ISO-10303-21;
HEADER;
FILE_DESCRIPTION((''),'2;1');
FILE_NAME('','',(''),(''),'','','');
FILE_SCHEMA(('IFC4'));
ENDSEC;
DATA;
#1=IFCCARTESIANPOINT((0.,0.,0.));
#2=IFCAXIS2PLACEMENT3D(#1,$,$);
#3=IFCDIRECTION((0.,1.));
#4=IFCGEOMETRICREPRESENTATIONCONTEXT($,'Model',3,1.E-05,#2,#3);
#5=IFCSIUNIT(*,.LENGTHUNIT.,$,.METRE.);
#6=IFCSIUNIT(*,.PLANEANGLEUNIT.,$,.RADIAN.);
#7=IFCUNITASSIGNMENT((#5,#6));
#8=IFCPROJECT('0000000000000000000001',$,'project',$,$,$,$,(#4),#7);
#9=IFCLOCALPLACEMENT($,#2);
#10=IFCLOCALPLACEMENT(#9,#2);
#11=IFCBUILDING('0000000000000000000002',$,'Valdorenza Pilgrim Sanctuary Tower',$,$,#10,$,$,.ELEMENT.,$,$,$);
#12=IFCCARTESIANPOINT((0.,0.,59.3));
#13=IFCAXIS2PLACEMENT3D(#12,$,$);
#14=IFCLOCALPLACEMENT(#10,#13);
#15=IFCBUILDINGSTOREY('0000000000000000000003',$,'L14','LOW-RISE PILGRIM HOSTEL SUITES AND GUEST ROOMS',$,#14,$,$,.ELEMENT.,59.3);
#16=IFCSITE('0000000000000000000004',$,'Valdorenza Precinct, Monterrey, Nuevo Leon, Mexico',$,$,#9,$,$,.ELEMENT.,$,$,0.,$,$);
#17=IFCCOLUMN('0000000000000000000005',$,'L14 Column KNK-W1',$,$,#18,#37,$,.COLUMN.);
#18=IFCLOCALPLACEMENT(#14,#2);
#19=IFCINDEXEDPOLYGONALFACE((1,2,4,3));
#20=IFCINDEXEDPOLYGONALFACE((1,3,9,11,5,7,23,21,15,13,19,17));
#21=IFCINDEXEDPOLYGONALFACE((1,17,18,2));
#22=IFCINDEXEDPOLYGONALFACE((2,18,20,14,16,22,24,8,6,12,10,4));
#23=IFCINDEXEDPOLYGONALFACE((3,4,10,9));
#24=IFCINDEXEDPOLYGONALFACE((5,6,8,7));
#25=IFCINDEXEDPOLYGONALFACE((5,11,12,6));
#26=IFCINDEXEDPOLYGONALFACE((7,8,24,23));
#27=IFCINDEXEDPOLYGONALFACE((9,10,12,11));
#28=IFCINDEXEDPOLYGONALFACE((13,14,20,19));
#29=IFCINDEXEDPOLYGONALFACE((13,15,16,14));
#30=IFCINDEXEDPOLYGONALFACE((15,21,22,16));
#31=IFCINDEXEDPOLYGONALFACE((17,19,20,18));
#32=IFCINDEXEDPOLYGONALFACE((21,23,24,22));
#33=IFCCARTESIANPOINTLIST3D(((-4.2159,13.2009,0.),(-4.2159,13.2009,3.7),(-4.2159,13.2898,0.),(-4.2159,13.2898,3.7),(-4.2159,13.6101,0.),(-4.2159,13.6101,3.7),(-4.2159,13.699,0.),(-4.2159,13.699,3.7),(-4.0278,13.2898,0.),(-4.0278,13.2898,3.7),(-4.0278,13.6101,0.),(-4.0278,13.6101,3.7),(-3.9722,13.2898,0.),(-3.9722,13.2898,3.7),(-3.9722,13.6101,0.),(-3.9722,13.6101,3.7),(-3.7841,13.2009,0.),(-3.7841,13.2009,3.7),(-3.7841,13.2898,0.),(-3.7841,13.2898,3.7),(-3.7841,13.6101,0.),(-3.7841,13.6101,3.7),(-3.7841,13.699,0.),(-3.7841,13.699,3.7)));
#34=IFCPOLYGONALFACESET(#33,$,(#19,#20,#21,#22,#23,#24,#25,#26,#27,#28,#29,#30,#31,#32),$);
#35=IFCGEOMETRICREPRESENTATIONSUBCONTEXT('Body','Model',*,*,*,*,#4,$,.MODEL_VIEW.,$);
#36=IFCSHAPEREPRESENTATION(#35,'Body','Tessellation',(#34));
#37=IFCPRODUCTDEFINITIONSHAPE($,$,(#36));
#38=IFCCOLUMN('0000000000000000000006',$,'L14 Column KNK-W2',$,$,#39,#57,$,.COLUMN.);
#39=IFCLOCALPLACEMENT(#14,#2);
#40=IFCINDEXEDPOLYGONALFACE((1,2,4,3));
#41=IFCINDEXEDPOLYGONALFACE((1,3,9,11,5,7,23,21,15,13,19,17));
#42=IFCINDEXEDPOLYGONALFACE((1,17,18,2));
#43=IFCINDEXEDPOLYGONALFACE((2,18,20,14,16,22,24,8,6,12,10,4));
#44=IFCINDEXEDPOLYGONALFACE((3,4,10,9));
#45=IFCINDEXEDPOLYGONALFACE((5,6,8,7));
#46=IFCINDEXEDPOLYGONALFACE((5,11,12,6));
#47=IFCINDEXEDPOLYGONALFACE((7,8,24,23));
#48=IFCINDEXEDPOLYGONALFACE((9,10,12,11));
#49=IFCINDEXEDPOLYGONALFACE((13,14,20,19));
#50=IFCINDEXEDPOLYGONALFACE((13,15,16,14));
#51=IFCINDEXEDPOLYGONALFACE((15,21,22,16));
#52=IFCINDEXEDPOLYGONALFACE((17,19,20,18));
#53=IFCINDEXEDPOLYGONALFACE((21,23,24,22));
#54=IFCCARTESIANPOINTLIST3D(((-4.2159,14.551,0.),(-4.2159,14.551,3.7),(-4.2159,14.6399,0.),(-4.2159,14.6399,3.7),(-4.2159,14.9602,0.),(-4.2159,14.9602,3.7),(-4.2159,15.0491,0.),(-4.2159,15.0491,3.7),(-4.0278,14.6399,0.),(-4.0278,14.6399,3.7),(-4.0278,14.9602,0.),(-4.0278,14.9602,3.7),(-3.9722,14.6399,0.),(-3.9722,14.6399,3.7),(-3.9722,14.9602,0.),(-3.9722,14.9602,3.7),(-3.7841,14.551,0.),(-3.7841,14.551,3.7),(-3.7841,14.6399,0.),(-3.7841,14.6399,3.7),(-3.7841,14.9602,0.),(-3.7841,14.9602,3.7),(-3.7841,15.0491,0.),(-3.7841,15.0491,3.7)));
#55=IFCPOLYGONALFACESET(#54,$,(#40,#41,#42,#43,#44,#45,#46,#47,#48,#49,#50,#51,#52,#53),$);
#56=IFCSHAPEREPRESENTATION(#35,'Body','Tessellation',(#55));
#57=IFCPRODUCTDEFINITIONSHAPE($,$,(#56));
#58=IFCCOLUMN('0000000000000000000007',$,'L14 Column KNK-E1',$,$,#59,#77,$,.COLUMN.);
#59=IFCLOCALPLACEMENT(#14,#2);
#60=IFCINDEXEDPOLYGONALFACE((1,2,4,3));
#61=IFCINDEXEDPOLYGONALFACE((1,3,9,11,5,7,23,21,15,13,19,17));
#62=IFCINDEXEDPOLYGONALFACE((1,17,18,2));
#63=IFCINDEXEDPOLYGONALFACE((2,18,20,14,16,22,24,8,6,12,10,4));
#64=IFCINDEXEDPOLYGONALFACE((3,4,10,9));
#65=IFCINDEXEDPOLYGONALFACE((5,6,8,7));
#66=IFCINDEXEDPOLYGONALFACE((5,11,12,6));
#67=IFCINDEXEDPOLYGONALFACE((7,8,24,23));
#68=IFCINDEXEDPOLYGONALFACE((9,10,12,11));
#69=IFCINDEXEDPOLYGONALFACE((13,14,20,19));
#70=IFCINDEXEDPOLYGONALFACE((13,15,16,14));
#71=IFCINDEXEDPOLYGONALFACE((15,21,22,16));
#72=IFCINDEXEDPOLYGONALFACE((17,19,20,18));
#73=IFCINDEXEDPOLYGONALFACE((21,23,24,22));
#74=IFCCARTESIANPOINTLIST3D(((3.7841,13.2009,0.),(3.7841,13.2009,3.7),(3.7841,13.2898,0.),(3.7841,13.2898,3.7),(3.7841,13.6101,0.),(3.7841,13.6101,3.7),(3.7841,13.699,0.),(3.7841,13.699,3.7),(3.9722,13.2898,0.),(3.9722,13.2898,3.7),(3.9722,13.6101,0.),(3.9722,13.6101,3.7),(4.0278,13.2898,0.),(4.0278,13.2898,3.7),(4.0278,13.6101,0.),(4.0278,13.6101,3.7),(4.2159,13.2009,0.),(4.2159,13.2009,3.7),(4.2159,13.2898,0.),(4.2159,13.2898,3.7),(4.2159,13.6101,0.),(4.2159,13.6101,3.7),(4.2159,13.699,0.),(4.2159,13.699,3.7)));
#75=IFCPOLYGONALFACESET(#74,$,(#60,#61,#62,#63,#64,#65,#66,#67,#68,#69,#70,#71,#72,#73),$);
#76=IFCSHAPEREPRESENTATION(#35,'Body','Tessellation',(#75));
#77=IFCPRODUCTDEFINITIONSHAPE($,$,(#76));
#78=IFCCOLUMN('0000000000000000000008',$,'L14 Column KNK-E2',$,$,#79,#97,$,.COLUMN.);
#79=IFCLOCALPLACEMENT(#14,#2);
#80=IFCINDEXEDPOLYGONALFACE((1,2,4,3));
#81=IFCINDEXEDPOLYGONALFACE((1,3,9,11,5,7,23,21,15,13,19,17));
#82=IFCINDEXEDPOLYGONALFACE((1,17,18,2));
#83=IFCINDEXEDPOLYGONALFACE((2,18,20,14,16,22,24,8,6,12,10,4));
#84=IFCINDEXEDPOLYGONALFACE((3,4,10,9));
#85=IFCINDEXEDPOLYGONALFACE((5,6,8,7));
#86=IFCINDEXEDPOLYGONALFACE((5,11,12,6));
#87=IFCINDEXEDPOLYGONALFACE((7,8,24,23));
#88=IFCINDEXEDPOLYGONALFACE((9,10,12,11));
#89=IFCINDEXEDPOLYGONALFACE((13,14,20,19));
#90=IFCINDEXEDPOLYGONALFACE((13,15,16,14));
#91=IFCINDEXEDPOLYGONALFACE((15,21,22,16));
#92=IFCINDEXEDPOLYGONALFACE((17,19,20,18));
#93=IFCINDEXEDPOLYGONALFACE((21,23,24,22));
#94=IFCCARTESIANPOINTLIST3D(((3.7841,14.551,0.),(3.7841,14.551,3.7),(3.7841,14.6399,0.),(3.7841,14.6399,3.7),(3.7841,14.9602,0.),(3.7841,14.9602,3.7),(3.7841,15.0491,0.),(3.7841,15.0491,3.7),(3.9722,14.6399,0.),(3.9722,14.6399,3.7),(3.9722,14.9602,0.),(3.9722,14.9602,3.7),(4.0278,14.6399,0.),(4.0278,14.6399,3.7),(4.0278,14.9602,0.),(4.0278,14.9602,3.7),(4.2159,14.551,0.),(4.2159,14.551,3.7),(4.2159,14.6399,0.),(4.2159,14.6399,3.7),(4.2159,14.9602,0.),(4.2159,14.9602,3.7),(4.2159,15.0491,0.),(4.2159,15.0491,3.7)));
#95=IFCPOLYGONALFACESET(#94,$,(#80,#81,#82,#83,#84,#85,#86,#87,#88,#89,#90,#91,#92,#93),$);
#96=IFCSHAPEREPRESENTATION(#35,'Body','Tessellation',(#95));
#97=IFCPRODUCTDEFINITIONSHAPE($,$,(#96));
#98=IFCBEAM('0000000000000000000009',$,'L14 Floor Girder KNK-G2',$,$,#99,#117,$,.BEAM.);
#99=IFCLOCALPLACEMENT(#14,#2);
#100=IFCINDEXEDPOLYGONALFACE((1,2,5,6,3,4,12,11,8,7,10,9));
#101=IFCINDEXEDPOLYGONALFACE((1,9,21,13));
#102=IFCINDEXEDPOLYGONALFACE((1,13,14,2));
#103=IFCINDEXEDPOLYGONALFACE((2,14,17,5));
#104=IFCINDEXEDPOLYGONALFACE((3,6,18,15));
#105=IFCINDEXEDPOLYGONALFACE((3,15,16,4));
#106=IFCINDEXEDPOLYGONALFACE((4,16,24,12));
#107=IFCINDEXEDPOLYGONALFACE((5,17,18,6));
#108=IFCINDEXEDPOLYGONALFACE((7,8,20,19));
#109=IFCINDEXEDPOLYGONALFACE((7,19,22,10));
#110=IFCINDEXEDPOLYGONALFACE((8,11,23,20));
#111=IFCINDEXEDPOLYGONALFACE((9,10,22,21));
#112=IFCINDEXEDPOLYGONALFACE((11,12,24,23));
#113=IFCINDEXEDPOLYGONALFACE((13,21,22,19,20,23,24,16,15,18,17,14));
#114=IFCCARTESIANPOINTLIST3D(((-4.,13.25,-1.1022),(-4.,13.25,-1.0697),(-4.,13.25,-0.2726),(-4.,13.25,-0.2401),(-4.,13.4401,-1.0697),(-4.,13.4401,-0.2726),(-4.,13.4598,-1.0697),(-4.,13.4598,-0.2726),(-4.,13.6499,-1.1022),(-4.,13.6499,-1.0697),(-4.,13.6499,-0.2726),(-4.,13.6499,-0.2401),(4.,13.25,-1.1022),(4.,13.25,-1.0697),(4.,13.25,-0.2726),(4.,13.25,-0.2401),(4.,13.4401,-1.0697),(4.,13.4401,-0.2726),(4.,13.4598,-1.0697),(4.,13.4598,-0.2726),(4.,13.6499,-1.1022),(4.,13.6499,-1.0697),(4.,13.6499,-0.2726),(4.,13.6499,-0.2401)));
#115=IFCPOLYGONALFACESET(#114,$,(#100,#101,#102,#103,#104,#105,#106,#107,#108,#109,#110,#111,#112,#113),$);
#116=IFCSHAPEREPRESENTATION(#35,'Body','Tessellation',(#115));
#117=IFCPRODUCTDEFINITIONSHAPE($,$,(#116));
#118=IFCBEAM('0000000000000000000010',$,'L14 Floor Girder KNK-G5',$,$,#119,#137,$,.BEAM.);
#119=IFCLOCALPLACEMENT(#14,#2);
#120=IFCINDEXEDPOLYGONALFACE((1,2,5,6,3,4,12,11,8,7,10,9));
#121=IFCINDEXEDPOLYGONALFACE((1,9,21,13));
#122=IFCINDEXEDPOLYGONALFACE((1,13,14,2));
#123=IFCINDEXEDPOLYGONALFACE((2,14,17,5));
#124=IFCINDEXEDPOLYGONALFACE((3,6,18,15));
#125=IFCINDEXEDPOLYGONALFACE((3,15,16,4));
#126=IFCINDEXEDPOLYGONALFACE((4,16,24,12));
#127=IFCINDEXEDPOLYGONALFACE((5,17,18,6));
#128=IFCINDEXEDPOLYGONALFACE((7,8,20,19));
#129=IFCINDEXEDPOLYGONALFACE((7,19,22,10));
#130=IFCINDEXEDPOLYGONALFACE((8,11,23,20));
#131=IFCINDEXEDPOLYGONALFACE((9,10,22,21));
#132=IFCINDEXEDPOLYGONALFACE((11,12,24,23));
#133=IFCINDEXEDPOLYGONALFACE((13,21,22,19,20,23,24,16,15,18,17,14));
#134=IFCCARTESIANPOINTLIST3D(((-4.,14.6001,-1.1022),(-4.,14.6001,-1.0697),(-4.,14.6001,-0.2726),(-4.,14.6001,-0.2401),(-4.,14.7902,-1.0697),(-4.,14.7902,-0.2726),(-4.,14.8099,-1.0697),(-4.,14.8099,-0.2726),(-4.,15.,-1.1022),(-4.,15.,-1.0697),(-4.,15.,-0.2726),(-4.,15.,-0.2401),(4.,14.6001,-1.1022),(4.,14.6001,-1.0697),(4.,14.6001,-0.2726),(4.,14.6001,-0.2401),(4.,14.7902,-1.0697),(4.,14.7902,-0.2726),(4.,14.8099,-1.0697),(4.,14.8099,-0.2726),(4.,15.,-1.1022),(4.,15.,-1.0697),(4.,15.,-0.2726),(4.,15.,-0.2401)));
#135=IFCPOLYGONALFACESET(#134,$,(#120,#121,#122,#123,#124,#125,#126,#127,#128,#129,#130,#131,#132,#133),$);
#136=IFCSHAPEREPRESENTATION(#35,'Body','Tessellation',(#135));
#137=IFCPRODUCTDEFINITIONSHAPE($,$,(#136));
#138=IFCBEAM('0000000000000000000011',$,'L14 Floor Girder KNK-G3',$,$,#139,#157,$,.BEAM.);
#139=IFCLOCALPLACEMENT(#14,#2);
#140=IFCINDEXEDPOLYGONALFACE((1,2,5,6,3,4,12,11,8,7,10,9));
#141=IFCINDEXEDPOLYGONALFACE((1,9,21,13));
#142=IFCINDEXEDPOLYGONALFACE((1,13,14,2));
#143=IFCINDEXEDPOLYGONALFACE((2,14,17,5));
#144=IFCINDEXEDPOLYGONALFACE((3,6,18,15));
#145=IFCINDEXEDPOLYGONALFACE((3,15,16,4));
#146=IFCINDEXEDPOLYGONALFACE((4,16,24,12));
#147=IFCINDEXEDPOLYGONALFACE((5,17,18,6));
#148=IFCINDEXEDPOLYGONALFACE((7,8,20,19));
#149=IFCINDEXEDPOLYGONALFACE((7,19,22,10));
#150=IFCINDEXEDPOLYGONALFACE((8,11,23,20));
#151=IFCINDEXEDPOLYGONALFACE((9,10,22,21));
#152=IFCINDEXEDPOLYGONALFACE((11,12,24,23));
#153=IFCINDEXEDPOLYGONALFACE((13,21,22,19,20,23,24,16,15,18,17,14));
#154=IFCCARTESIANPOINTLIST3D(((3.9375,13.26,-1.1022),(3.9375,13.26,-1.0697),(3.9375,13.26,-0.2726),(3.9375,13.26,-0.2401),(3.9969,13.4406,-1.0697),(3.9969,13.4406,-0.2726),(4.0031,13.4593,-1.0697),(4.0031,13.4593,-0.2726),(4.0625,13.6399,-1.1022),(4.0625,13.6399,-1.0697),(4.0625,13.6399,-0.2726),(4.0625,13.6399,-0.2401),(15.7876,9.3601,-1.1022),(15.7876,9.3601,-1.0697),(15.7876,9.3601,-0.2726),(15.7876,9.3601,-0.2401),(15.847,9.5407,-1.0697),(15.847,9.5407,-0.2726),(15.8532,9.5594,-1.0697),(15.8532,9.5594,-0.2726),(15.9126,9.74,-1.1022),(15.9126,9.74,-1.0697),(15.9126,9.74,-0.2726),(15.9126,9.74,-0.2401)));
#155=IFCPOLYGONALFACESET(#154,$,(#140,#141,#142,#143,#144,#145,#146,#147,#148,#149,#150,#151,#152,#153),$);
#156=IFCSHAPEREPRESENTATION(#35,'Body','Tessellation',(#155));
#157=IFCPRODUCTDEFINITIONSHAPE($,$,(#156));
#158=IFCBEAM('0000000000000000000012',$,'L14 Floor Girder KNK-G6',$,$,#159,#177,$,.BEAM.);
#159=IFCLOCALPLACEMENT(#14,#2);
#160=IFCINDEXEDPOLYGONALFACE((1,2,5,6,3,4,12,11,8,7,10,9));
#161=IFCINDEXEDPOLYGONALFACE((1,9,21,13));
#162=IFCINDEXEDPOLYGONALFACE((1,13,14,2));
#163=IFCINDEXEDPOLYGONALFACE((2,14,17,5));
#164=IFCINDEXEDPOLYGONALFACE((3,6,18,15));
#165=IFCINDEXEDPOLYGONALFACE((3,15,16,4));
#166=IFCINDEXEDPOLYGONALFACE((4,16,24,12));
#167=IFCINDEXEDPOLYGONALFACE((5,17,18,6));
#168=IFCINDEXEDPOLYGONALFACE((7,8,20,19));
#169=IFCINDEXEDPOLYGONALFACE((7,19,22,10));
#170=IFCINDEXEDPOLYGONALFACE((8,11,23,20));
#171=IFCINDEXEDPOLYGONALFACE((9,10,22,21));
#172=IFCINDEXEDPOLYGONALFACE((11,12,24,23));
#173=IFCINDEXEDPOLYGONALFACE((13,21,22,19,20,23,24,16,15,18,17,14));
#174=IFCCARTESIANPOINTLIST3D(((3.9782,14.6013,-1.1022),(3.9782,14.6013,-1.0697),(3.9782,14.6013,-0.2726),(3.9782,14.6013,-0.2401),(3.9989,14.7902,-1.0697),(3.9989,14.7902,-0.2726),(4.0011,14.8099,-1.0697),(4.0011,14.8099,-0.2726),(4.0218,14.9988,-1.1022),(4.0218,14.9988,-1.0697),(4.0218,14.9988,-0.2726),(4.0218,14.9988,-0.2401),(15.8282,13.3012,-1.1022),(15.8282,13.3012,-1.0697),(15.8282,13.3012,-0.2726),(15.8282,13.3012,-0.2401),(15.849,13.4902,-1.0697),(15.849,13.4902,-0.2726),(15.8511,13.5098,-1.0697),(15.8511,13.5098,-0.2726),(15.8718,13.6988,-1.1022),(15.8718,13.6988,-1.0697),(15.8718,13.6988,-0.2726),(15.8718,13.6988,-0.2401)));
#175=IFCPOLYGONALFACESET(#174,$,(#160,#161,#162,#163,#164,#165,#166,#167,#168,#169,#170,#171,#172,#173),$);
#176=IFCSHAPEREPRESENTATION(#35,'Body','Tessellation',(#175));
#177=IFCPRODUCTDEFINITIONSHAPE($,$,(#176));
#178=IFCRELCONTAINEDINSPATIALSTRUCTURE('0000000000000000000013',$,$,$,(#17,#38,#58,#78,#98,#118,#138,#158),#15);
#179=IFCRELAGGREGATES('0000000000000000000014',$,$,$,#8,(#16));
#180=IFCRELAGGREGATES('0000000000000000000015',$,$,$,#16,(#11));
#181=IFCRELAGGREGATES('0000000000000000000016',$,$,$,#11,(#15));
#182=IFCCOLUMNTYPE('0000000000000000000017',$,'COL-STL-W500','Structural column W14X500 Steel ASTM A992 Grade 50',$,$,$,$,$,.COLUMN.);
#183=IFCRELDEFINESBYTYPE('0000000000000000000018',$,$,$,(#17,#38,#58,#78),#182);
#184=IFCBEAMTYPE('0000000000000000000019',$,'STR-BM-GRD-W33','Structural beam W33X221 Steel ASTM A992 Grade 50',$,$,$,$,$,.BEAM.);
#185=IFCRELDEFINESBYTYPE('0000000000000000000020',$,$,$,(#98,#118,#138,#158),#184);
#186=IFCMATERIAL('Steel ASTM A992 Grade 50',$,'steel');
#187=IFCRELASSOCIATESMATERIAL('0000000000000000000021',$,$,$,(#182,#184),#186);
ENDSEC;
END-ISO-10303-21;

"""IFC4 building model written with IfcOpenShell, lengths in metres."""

from ifc_helpers import new_model, si_unit, direction, frame, origin, origin_2d, place, context, subcontext, project, spatial, i_section, extrude, source, transform, mapped, material, material_profile, profile_set, type_object, element, save


model = new_model("IFC4")

# Units and contexts
model_context = context("Model", 3, precision=1e-05, world=origin(), true_north=direction((0.0, 1.0)))
body_context = subcontext(model_context, "Body", "Model", "MODEL_VIEW")
ifc_project = project(units=[si_unit("LENGTHUNIT", "METRE"), si_unit("PLANEANGLEUNIT", "RADIAN")], contexts=[model_context])

# Site, building, storey
site_placement = place(None, origin())
site = spatial("IfcSite", under=ifc_project, at=site_placement, Name="Valdorenza Precinct, Monterrey, Nuevo Leon, Mexico", CompositionType="ELEMENT", RefElevation=0.0)
building_placement = place(site_placement, origin())
building = spatial("IfcBuilding", under=site, at=building_placement, Name="Valdorenza Pilgrim Sanctuary Tower", CompositionType="ELEMENT")
storey_placement = place(building_placement, frame((0.0, 0.0, 59.3)))
storey = spatial("IfcBuildingStorey", under=building, at=storey_placement, Name="L14", Description="LOW-RISE PILGRIM HOSTEL SUITES AND GUEST ROOMS", CompositionType="ELEMENT", Elevation=59.3)

# Columns
ifc_material_1 = material(Name="Steel ASTM A992 Grade 50", Category="steel")
ifc_material_profile_1 = material_profile(ifc_material_1, i_section(OverallWidth=0.4319, OverallDepth=0.498, WebThickness=0.0557, FlangeThickness=0.0889, at=origin_2d()), Name="W14X500")
ifc_profile_set_1 = profile_set([ifc_material_profile_1], Name="Steel ASTM A992 Grade 50")
column_type = type_object("IfcColumnType", Name="COL-STL-W500", Description="Structural column W14X500 Steel ASTM A992 Grade 50", PredefinedType="COLUMN", material=ifc_profile_set_1)
shared_shape_1 = source(origin(), body_context, "Body", "SweptSolid", [
    extrude(i_section(OverallWidth=0.4319, OverallDepth=0.498, WebThickness=0.0557, FlangeThickness=0.0889, at=origin_2d()), origin(), (0.0, 0.0, 1.0), 3.7),
])
for number, where, z_axis, x_axis, name in (
    (1, (-4.0, 13.45, 0.0), (0.0, 0.0, 1.0), (1.0, 0.0, 0.0), "L14 Column KNK-W1"),
    (2, (-4.0, 14.8, 0.0), (0.0, 0.0, 1.0), (1.0, 0.0, 0.0), "L14 Column KNK-W2"),
    (3, (4.0, 13.45, 0.0), (0.0, 0.0, 1.0), (1.0, 0.0, 0.0), "L14 Column KNK-E1"),
    (4, (4.0, 14.8, 0.0), (0.0, 0.0, 1.0), (1.0, 0.0, 0.0), "L14 Column KNK-E2"),
):
    element("IfcColumn", number, at=place(storey_placement, frame(where, z_axis=z_axis, x_axis=x_axis)), inside=storey, type_object=column_type, Name=name, PredefinedType="COLUMN", context=body_context, shape_type="MappedRepresentation", body=[
        mapped(shared_shape_1, transform((0.0, 0.0, 0.0), x_axis=(1.0, 0.0, 0.0), y_axis=(0.0, 1.0, 0.0), z_axis=(0.0, 0.0, 1.0), scale=1.0)),
    ])

# Beams
ifc_material_profile_2 = material_profile(ifc_material_1, i_section(OverallWidth=0.3999, OverallDepth=0.8621, WebThickness=0.0198, FlangeThickness=0.0325, at=origin_2d()), Name="W33X221")
ifc_profile_set_2 = profile_set([ifc_material_profile_2], Name="Steel ASTM A992 Grade 50")
beam_type_1 = type_object("IfcBeamType", Name="STR-BM-GRD-W33", Description="Structural beam W33X221 Steel ASTM A992 Grade 50", PredefinedType="BEAM", material=ifc_profile_set_2)
shared_shape_2 = source(origin(), body_context, "Body", "SweptSolid", [
    extrude(i_section(OverallWidth=0.3999, OverallDepth=0.8621, WebThickness=0.0198, FlangeThickness=0.0325, at=origin_2d()), origin(), (0.0, 0.0, 1.0), 8.0),
])
for number, where, z_axis, x_axis, name in (
    (5, (-4.0, 13.45, -0.6711), (1.0, 0.0, 0.0), (0.0, 1.0, 0.0), "L14 Floor Girder KNK-G2"),
    (6, (-4.0, 14.8, -0.6711), (1.0, 0.0, 0.0), (0.0, 1.0, 0.0), "L14 Floor Girder KNK-G5"),
):
    element("IfcBeam", number, at=place(storey_placement, frame(where, z_axis=z_axis, x_axis=x_axis)), inside=storey, type_object=beam_type_1, Name=name, PredefinedType="BEAM", context=body_context, shape_type="MappedRepresentation", body=[
        mapped(shared_shape_2, transform((0.0, 0.0, 0.0), x_axis=(1.0, 0.0, 0.0), y_axis=(0.0, 1.0, 0.0), z_axis=(0.0, 0.0, 1.0), scale=1.0)),
    ])
shared_shape_3 = source(origin(), body_context, "Body", "SweptSolid", [
    extrude(i_section(OverallWidth=0.3999, OverallDepth=0.8621, WebThickness=0.0198, FlangeThickness=0.0325, at=origin_2d()), origin(), (0.0, 0.0, 1.0), 12.4753),
])
beam_1_placement = place(storey_placement, frame((4.0, 13.45, -0.6711), z_axis=(0.949882, -0.312609, 0.0), x_axis=(0.312609, 0.949882, 0.0)))
element("IfcBeam", 7, at=beam_1_placement, inside=storey, type_object=beam_type_1, Name="L14 Floor Girder KNK-G3", PredefinedType="BEAM", context=body_context, shape_type="MappedRepresentation", body=[
    mapped(shared_shape_3, transform((0.0, 0.0, 0.0), x_axis=(1.0, 0.0, 0.0), y_axis=(0.0, 1.0, 0.0), z_axis=(0.0, 0.0, 1.0), scale=1.0)),
])
shared_shape_4 = source(origin(), body_context, "Body", "SweptSolid", [
    extrude(i_section(OverallWidth=0.3999, OverallDepth=0.8621, WebThickness=0.0198, FlangeThickness=0.0325, at=origin_2d()), origin(), (0.0, 0.0, 1.0), 11.9211),
])
beam_2_placement = place(storey_placement, frame((4.0, 14.8, -0.6711), z_axis=(0.994036, -0.109054, 0.0), x_axis=(0.109054, 0.994036, 0.0)))
element("IfcBeam", 8, at=beam_2_placement, inside=storey, type_object=beam_type_1, Name="L14 Floor Girder KNK-G6", PredefinedType="BEAM", context=body_context, shape_type="MappedRepresentation", body=[
    mapped(shared_shape_4, transform((0.0, 0.0, 0.0), x_axis=(1.0, 0.0, 0.0), y_axis=(0.0, 1.0, 0.0), z_axis=(0.0, 0.0, 1.0), scale=1.0)),
])

save(model, "model.ifc")
